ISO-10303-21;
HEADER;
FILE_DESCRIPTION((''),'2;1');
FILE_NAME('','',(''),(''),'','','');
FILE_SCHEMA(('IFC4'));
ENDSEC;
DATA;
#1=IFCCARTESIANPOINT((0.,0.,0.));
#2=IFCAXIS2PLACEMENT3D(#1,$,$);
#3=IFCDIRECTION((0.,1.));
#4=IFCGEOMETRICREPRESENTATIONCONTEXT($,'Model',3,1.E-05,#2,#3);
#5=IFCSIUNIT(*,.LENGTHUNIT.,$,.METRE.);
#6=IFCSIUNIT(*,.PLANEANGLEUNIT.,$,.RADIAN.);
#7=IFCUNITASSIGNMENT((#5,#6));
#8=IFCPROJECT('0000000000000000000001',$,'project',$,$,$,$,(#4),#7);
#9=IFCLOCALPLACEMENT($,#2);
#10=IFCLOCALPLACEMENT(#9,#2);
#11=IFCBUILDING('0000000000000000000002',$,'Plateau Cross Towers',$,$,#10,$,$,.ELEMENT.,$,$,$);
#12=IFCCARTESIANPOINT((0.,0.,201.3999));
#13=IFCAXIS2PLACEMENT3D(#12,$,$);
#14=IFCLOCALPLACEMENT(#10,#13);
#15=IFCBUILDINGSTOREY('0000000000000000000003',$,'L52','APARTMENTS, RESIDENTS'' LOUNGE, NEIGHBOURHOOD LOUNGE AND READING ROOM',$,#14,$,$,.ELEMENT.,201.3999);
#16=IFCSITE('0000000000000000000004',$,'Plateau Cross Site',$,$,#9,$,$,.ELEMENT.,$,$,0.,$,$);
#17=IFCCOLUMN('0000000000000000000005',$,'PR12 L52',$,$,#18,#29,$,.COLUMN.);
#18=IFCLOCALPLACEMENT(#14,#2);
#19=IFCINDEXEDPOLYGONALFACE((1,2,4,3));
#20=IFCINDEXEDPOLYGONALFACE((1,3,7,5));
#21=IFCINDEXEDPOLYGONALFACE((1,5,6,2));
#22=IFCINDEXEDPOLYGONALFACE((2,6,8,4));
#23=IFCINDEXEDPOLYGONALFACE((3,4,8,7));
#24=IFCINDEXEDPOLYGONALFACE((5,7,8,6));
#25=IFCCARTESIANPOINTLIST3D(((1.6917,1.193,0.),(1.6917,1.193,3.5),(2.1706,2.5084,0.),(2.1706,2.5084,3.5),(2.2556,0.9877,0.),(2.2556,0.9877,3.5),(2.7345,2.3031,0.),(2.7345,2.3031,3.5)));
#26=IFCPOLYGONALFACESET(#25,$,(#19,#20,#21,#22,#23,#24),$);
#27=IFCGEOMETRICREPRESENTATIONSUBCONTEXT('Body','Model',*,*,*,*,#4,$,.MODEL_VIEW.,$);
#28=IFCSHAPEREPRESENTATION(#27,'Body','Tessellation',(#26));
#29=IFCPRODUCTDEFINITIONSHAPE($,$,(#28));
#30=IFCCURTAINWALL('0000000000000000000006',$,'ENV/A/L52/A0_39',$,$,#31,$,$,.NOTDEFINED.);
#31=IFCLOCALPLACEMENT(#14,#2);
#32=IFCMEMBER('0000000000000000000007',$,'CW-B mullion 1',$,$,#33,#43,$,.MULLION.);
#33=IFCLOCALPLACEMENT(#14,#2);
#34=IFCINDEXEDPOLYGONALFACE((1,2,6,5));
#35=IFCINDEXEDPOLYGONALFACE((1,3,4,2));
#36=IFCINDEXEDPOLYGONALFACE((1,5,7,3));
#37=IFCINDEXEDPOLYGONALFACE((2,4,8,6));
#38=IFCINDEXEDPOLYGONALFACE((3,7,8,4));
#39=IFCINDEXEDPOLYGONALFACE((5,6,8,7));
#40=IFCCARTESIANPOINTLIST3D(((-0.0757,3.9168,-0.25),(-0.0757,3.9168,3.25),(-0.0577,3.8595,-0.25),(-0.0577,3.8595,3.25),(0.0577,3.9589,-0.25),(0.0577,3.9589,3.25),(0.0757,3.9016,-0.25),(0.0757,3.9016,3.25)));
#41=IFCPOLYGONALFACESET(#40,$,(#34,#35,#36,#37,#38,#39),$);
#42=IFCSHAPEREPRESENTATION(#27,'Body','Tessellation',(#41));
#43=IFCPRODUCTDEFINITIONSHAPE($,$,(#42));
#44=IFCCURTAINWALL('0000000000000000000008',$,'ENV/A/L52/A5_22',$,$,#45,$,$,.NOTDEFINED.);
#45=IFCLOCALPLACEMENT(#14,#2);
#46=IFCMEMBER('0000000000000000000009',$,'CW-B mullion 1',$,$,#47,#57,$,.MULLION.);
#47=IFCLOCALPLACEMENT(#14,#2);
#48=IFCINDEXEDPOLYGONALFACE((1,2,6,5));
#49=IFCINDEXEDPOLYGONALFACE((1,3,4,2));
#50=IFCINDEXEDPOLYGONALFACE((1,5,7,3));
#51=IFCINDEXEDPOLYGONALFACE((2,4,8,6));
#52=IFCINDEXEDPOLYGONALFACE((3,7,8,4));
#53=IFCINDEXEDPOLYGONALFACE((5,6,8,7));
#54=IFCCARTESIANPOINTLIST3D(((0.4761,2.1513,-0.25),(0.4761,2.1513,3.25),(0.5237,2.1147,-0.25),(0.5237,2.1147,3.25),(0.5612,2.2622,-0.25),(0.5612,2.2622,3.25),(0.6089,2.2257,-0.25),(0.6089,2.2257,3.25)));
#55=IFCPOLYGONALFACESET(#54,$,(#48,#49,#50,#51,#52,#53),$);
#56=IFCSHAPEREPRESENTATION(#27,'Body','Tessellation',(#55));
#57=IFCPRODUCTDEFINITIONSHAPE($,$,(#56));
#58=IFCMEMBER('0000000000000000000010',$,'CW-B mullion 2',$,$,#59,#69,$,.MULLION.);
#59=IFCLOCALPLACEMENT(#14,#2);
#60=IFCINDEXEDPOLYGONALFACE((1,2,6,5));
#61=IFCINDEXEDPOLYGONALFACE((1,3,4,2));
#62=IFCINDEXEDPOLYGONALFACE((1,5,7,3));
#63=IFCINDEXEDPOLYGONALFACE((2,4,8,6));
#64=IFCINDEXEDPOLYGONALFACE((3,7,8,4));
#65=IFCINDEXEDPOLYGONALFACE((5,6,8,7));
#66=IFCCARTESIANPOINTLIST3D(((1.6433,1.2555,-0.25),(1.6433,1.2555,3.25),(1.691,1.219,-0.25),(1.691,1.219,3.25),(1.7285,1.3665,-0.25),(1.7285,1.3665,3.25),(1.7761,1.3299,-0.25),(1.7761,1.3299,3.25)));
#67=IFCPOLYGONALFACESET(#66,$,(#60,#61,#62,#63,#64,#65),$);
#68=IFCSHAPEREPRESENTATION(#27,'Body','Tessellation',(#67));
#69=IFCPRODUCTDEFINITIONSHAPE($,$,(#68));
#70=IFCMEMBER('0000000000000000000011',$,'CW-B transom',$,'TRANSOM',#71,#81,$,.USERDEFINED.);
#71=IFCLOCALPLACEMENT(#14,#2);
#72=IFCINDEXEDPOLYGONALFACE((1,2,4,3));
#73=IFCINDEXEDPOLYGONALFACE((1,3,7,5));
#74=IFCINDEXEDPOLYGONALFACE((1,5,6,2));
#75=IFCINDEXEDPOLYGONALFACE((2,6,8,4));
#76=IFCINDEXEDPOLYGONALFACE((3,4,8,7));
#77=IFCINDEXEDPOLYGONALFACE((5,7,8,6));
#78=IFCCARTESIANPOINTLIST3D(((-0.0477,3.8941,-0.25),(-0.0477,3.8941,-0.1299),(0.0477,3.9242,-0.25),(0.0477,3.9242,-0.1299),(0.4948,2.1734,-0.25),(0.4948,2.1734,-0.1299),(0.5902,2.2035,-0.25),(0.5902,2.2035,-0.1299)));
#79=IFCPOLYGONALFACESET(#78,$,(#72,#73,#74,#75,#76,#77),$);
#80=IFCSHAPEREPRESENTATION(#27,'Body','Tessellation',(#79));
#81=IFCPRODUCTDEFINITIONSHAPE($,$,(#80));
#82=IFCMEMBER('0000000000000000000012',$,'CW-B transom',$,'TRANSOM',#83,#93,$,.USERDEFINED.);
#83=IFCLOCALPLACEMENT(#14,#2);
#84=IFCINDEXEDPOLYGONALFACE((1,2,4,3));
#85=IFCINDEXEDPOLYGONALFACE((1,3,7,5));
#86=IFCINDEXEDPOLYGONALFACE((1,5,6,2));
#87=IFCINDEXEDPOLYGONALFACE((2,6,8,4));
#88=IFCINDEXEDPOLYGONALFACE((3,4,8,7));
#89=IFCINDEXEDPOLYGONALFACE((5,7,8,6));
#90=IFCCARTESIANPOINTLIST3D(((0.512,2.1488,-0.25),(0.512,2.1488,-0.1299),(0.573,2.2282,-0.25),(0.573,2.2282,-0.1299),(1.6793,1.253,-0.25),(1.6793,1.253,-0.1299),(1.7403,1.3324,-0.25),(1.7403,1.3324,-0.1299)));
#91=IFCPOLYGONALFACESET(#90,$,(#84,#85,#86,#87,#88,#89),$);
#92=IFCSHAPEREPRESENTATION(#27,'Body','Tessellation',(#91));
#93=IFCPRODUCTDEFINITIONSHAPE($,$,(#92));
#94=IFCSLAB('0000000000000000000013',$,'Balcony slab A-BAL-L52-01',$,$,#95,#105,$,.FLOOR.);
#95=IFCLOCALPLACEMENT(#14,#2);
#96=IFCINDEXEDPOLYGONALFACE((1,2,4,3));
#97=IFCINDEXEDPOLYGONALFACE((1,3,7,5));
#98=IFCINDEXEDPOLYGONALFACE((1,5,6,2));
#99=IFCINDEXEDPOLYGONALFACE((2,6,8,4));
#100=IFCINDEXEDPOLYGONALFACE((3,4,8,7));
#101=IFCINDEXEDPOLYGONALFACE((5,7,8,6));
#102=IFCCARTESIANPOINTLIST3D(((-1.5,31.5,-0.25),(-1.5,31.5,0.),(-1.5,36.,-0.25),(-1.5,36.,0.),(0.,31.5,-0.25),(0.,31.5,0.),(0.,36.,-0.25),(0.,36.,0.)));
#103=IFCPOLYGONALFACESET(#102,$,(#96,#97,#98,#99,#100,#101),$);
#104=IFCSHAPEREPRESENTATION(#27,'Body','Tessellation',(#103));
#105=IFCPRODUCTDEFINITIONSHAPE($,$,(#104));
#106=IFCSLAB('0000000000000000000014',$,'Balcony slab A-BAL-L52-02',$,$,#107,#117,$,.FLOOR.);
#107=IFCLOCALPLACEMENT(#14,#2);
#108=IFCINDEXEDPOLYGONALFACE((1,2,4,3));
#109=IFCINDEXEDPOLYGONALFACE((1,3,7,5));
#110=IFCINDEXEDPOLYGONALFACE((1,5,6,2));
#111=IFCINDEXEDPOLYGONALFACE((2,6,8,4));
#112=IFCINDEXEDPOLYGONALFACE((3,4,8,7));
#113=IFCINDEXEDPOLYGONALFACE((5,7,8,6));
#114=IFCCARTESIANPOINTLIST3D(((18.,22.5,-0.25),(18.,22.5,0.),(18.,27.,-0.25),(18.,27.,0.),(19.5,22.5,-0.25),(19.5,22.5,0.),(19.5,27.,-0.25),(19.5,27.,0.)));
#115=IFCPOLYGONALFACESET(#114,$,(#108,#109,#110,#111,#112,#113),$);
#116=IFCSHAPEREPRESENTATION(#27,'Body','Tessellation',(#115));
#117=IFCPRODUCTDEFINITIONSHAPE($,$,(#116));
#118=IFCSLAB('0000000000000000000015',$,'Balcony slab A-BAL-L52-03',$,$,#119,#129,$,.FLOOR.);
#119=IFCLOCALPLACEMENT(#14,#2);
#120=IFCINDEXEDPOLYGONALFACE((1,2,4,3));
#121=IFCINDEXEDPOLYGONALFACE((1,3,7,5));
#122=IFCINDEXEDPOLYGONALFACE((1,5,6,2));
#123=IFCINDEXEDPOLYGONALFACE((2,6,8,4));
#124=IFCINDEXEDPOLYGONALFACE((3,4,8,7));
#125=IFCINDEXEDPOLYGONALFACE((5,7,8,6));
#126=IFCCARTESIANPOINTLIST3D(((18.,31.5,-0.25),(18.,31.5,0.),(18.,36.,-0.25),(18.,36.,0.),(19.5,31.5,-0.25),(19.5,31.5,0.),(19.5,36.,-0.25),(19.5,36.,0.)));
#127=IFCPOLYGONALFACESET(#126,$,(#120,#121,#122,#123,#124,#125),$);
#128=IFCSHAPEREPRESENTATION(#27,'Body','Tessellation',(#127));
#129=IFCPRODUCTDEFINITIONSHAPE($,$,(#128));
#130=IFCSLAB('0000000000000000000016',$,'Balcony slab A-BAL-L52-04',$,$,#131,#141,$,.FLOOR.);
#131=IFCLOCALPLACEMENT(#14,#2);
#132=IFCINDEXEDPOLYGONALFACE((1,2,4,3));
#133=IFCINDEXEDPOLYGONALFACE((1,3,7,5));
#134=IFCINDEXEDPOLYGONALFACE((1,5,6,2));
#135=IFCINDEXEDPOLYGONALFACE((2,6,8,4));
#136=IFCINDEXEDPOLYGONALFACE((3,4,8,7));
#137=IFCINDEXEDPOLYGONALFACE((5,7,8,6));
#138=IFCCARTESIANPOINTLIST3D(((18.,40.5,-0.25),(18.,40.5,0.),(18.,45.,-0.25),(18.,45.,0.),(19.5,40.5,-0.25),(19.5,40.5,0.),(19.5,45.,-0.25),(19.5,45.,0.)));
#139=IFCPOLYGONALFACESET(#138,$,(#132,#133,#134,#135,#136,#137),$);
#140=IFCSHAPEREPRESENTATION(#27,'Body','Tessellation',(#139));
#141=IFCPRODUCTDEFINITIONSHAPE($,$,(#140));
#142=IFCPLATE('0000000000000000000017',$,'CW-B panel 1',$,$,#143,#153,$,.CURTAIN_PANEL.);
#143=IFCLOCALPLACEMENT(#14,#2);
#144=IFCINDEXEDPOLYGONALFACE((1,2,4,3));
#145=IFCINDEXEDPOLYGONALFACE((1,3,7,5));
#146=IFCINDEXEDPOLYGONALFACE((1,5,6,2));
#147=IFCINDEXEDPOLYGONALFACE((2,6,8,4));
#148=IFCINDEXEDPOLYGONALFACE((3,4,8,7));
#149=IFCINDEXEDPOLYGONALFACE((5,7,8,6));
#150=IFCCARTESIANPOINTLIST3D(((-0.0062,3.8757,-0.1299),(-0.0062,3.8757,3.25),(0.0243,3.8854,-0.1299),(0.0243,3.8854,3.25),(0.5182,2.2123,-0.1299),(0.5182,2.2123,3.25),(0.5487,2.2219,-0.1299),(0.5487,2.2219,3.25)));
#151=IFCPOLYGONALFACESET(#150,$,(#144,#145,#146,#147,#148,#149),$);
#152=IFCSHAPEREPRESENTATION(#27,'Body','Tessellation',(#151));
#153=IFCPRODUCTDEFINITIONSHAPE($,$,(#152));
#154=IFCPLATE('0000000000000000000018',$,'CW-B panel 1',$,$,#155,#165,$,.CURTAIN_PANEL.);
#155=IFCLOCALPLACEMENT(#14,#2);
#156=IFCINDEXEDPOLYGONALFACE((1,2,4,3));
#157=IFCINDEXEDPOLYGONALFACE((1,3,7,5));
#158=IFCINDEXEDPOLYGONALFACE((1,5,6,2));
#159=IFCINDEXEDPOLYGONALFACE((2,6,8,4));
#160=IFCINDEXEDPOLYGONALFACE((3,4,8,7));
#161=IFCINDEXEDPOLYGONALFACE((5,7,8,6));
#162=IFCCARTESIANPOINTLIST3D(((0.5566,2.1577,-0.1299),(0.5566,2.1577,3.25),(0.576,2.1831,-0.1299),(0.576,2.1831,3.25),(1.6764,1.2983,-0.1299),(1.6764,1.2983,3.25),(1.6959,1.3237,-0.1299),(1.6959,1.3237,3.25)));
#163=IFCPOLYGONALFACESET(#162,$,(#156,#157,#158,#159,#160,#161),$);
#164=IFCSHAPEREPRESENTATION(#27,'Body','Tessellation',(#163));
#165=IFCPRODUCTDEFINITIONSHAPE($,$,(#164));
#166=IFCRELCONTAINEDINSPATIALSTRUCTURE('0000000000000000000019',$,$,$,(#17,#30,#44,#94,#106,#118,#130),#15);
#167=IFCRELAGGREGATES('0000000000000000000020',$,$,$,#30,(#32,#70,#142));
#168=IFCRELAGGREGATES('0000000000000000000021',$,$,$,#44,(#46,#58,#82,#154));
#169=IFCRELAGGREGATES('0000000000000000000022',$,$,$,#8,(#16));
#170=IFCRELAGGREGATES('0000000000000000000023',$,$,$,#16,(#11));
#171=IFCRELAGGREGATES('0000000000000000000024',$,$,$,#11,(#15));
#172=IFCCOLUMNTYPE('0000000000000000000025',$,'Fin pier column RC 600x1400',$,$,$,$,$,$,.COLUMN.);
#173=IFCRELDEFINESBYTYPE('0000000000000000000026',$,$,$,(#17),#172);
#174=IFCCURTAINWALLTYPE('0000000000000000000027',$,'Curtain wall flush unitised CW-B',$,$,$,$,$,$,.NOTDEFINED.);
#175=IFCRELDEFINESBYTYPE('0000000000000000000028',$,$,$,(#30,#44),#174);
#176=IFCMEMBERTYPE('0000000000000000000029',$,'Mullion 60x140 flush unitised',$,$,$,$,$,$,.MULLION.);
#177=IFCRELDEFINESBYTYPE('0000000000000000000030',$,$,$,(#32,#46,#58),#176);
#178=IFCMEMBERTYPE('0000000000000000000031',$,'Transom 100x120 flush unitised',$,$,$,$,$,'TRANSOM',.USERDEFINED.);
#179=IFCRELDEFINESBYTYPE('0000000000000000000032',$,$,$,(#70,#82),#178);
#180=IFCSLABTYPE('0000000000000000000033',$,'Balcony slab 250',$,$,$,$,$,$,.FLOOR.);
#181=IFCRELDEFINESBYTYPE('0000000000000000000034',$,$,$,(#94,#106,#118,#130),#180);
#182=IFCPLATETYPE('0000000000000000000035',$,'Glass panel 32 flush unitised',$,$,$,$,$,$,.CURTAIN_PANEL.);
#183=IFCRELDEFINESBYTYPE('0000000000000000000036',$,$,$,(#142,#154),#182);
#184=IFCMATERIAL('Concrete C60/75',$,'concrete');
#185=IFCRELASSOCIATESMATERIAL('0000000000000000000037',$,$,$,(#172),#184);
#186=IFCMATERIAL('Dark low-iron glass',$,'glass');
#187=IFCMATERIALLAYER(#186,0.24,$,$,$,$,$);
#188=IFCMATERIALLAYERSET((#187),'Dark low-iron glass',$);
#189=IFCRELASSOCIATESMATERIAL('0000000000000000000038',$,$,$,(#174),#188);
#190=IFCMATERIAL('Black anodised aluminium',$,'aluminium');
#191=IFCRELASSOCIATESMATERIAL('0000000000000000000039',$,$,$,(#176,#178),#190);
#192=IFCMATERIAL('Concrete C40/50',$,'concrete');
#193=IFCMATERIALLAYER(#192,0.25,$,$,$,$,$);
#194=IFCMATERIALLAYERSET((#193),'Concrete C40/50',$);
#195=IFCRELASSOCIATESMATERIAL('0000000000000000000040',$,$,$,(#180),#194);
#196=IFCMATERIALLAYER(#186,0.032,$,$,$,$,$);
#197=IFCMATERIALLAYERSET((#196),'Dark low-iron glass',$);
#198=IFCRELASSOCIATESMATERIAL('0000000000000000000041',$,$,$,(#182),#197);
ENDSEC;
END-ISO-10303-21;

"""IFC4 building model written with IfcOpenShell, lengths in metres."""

from ifc_helpers import new_model, si_unit, direction, frame, origin, origin_2d, place, context, subcontext, project, spatial, polyline, rectangle, outline, extrude, material, layer, layer_set, material_profile, profile_set, type_object, element, aggregate, save


model = new_model("IFC4")

# Units and contexts
model_context = context("Model", 3, precision=1e-05, world=origin(), true_north=direction((0.0, 1.0)))
body_context = subcontext(model_context, "Body", "Model", "MODEL_VIEW")
ifc_project = project(units=[si_unit("LENGTHUNIT", "METRE"), si_unit("PLANEANGLEUNIT", "RADIAN")], contexts=[model_context])

# Site, building, storey
site_placement = place(None, origin())
site = spatial("IfcSite", under=ifc_project, at=site_placement, Name="Plateau Cross Site", CompositionType="ELEMENT", RefElevation=0.0)
building_placement = place(site_placement, origin())
building = spatial("IfcBuilding", under=site, at=building_placement, Name="Plateau Cross Towers", CompositionType="ELEMENT")
storey_placement = place(building_placement, frame((0.0, 0.0, 201.3999)))
storey = spatial("IfcBuildingStorey", under=building, at=storey_placement, Name="L52", Description="APARTMENTS, RESIDENTS' LOUNGE, NEIGHBOURHOOD LOUNGE AND READING ROOM", CompositionType="ELEMENT", Elevation=201.3999)

# Column
ifc_material_1 = material(Name="Concrete C60/75", Category="concrete")
ifc_material_profile_1 = material_profile(ifc_material_1, rectangle(XDim=0.6001, YDim=1.3999, at=origin_2d()), Name="RC 600x1400")
ifc_profile_set_1 = profile_set([ifc_material_profile_1], Name="Concrete C60/75")
column_type = type_object("IfcColumnType", Name="Fin pier column RC 600x1400", PredefinedType="COLUMN", material=ifc_profile_set_1)
column_placement = place(storey_placement, frame((2.2131, 1.748, 0.0), z_axis=(0.0, 0.0, 1.0), x_axis=(-0.939664, 0.342098, 0.0)))
element("IfcColumn", 1, at=column_placement, inside=storey, type_object=column_type, Name="PR12 L52", PredefinedType="COLUMN", context=body_context, shape_type="SweptSolid", body=[
    extrude(rectangle(XDim=0.6001, YDim=1.3999, at=origin_2d()), origin(), (0.0, 0.0, 1.0), 3.5),
])

# Curtain wall, member
ifc_material_2 = material(Name="Dark low-iron glass", Category="glass")
ifc_layer_1 = layer(ifc_material_2, 0.24)
ifc_layer_set_1 = layer_set([ifc_layer_1], Name="Dark low-iron glass")
curtain_wall_type = type_object("IfcCurtainWallType", Name="Curtain wall flush unitised CW-B", PredefinedType="NOTDEFINED", material=ifc_layer_set_1)
curtain_wall_1_placement = place(storey_placement, origin())
curtain_wall_1 = element("IfcCurtainWall", 2, at=curtain_wall_1_placement, inside=storey, type_object=curtain_wall_type, Name="ENV/A/L52/A0_39", PredefinedType="NOTDEFINED")
ifc_material_3 = material(Name="Black anodised aluminium", Category="aluminium")
ifc_material_profile_2 = material_profile(ifc_material_3, rectangle(XDim=0.0601, YDim=0.1399, at=origin_2d()), Name="MULLION 60x140")
ifc_profile_set_2 = profile_set([ifc_material_profile_2], Name="Black anodised aluminium")
member_type_1 = type_object("IfcMemberType", Name="Mullion 60x140 flush unitised", PredefinedType="MULLION", material=ifc_profile_set_2)
member_1_placement = place(storey_placement, frame((0.0, 3.9092, -0.25), z_axis=(0.0, 0.0, 1.0), x_axis=(0.300686, -0.953723, 0.0)))
member_1 = element("IfcMember", 3, at=member_1_placement, type_object=member_type_1, Name="CW-B mullion 1", PredefinedType="MULLION", context=body_context, shape_type="SweptSolid", body=[
    extrude(rectangle(XDim=0.0601, YDim=0.1399, at=origin_2d()), origin(), (0.0, 0.0, 1.0), 3.5),
])

# Curtain wall, members
curtain_wall_2_placement = place(storey_placement, origin())
curtain_wall_2 = element("IfcCurtainWall", 4, at=curtain_wall_2_placement, inside=storey, type_object=curtain_wall_type, Name="ENV/A/L52/A5_22", PredefinedType="NOTDEFINED")
member_2_placement = place(storey_placement, frame((0.5425, 2.1885, -0.25), z_axis=(0.0, 0.0, 1.0), x_axis=(0.793316, -0.608811, 0.0)))
member_2 = element("IfcMember", 5, at=member_2_placement, type_object=member_type_1, Name="CW-B mullion 1", PredefinedType="MULLION", context=body_context, shape_type="SweptSolid", body=[
    extrude(rectangle(XDim=0.0601, YDim=0.1399, at=origin_2d()), origin(), (0.0, 0.0, 1.0), 3.5),
])
member_3_placement = place(storey_placement, frame((1.7097, 1.2927, -0.25), z_axis=(0.0, 0.0, 1.0), x_axis=(0.793316, -0.608811, 0.0)))
member_3 = element("IfcMember", 6, at=member_3_placement, type_object=member_type_1, Name="CW-B mullion 2", PredefinedType="MULLION", context=body_context, shape_type="SweptSolid", body=[
    extrude(rectangle(XDim=0.0601, YDim=0.1399, at=origin_2d()), origin(), (0.0, 0.0, 1.0), 3.5),
])

# Members
ifc_material_profile_3 = material_profile(ifc_material_3, rectangle(XDim=0.1001, YDim=0.1201, at=origin_2d()), Name="TRANSOM 100x120")
ifc_profile_set_3 = profile_set([ifc_material_profile_3], Name="Black anodised aluminium")
member_type_2 = type_object("IfcMemberType", Name="Transom 100x120 flush unitised", ElementType="TRANSOM", PredefinedType="USERDEFINED", material=ifc_profile_set_3)
member_4_placement = place(storey_placement, frame((0.0, 3.9092, -0.1899), z_axis=(0.300678, -0.953726, 0.0), x_axis=(0.953726, 0.300678, 0.0)))
member_4 = element("IfcMember", 7, at=member_4_placement, type_object=member_type_2, Name="CW-B transom", ObjectType="TRANSOM", PredefinedType="USERDEFINED", context=body_context, shape_type="SweptSolid", body=[
    extrude(rectangle(XDim=0.1001, YDim=0.1201, at=origin_2d()), origin(), (0.0, 0.0, 1.0), 1.8042),
])
member_5_placement = place(storey_placement, frame((0.5425, 2.1885, -0.1899), z_axis=(0.793321, -0.608804, 0.0), x_axis=(0.608804, 0.793321, 0.0)))
member_5 = element("IfcMember", 8, at=member_5_placement, type_object=member_type_2, Name="CW-B transom", ObjectType="TRANSOM", PredefinedType="USERDEFINED", context=body_context, shape_type="SweptSolid", body=[
    extrude(rectangle(XDim=0.1001, YDim=0.1201, at=origin_2d()), origin(), (0.0, 0.0, 1.0), 1.4714),
])

# Slabs
ifc_material_4 = material(Name="Concrete C40/50", Category="concrete")
ifc_layer_2 = layer(ifc_material_4, 0.25)
ifc_layer_set_2 = layer_set([ifc_layer_2], Name="Concrete C40/50")
slab_type_1 = type_object("IfcSlabType", Name="Balcony slab 250", PredefinedType="FLOOR", material=ifc_layer_set_2)
slab_1_placement = place(storey_placement, frame((0.0, 0.0, -0.25)))
element("IfcSlab", 9, at=slab_1_placement, inside=storey, type_object=slab_type_1, Name="Balcony slab A-BAL-L52-01", PredefinedType="FLOOR", context=body_context, shape_type="SweptSolid", body=[
    extrude(outline(polyline([(0.0, 31.5), (0.0, 36.0), (-1.5, 36.0), (-1.5, 31.5), (0.0, 31.5)])), origin(), (0.0, 0.0, 1.0), 0.25),
])
slab_2_placement = place(storey_placement, frame((0.0, 0.0, -0.25)))
element("IfcSlab", 10, at=slab_2_placement, inside=storey, type_object=slab_type_1, Name="Balcony slab A-BAL-L52-02", PredefinedType="FLOOR", context=body_context, shape_type="SweptSolid", body=[
    extrude(outline(polyline([(19.5, 22.5), (19.5, 27.0), (18.0, 27.0), (18.0, 22.5), (19.5, 22.5)])), origin(), (0.0, 0.0, 1.0), 0.25),
])
slab_3_placement = place(storey_placement, frame((0.0, 0.0, -0.25)))
element("IfcSlab", 11, at=slab_3_placement, inside=storey, type_object=slab_type_1, Name="Balcony slab A-BAL-L52-03", PredefinedType="FLOOR", context=body_context, shape_type="SweptSolid", body=[
    extrude(outline(polyline([(19.5, 31.5), (19.5, 36.0), (18.0, 36.0), (18.0, 31.5), (19.5, 31.5)])), origin(), (0.0, 0.0, 1.0), 0.25),
])
slab_4_placement = place(storey_placement, frame((0.0, 0.0, -0.25)))
element("IfcSlab", 12, at=slab_4_placement, inside=storey, type_object=slab_type_1, Name="Balcony slab A-BAL-L52-04", PredefinedType="FLOOR", context=body_context, shape_type="SweptSolid", body=[
    extrude(outline(polyline([(19.5, 40.5), (19.5, 45.0), (18.0, 45.0), (18.0, 40.5), (19.5, 40.5)])), origin(), (0.0, 0.0, 1.0), 0.25),
])

# Plates
ifc_layer_3 = layer(ifc_material_2, 0.032)
ifc_layer_set_3 = layer_set([ifc_layer_3], Name="Dark low-iron glass")
plate_type = type_object("IfcPlateType", Name="Glass panel 32 flush unitised", PredefinedType="CURTAIN_PANEL", material=ifc_layer_set_3)
plate_1_placement = place(storey_placement, frame((0.2712, 3.0488, -0.1299), z_axis=(0.0, 0.0, 1.0), x_axis=(0.300686, -0.953723, 0.0)))
plate_1 = element("IfcPlate", 13, at=plate_1_placement, type_object=plate_type, Name="CW-B panel 1", PredefinedType="CURTAIN_PANEL", context=body_context, shape_type="SweptSolid", body=[
    extrude(rectangle(XDim=1.7441, YDim=0.032, at=origin_2d()), origin(), (0.0, 0.0, 1.0), 3.3799),
])
aggregate(curtain_wall_1, [member_1, member_4, plate_1])
plate_2_placement = place(storey_placement, frame((1.1262, 1.7407, -0.1299), z_axis=(0.0, 0.0, 1.0), x_axis=(0.793316, -0.608811, 0.0)))
plate_2 = element("IfcPlate", 14, at=plate_2_placement, type_object=plate_type, Name="CW-B panel 1", PredefinedType="CURTAIN_PANEL", context=body_context, shape_type="SweptSolid", body=[
    extrude(rectangle(XDim=1.4116, YDim=0.032, at=origin_2d()), origin(), (0.0, 0.0, 1.0), 3.3799),
])
aggregate(curtain_wall_2, [member_2, member_3, member_5, plate_2])

save(model, "model.ifc")
